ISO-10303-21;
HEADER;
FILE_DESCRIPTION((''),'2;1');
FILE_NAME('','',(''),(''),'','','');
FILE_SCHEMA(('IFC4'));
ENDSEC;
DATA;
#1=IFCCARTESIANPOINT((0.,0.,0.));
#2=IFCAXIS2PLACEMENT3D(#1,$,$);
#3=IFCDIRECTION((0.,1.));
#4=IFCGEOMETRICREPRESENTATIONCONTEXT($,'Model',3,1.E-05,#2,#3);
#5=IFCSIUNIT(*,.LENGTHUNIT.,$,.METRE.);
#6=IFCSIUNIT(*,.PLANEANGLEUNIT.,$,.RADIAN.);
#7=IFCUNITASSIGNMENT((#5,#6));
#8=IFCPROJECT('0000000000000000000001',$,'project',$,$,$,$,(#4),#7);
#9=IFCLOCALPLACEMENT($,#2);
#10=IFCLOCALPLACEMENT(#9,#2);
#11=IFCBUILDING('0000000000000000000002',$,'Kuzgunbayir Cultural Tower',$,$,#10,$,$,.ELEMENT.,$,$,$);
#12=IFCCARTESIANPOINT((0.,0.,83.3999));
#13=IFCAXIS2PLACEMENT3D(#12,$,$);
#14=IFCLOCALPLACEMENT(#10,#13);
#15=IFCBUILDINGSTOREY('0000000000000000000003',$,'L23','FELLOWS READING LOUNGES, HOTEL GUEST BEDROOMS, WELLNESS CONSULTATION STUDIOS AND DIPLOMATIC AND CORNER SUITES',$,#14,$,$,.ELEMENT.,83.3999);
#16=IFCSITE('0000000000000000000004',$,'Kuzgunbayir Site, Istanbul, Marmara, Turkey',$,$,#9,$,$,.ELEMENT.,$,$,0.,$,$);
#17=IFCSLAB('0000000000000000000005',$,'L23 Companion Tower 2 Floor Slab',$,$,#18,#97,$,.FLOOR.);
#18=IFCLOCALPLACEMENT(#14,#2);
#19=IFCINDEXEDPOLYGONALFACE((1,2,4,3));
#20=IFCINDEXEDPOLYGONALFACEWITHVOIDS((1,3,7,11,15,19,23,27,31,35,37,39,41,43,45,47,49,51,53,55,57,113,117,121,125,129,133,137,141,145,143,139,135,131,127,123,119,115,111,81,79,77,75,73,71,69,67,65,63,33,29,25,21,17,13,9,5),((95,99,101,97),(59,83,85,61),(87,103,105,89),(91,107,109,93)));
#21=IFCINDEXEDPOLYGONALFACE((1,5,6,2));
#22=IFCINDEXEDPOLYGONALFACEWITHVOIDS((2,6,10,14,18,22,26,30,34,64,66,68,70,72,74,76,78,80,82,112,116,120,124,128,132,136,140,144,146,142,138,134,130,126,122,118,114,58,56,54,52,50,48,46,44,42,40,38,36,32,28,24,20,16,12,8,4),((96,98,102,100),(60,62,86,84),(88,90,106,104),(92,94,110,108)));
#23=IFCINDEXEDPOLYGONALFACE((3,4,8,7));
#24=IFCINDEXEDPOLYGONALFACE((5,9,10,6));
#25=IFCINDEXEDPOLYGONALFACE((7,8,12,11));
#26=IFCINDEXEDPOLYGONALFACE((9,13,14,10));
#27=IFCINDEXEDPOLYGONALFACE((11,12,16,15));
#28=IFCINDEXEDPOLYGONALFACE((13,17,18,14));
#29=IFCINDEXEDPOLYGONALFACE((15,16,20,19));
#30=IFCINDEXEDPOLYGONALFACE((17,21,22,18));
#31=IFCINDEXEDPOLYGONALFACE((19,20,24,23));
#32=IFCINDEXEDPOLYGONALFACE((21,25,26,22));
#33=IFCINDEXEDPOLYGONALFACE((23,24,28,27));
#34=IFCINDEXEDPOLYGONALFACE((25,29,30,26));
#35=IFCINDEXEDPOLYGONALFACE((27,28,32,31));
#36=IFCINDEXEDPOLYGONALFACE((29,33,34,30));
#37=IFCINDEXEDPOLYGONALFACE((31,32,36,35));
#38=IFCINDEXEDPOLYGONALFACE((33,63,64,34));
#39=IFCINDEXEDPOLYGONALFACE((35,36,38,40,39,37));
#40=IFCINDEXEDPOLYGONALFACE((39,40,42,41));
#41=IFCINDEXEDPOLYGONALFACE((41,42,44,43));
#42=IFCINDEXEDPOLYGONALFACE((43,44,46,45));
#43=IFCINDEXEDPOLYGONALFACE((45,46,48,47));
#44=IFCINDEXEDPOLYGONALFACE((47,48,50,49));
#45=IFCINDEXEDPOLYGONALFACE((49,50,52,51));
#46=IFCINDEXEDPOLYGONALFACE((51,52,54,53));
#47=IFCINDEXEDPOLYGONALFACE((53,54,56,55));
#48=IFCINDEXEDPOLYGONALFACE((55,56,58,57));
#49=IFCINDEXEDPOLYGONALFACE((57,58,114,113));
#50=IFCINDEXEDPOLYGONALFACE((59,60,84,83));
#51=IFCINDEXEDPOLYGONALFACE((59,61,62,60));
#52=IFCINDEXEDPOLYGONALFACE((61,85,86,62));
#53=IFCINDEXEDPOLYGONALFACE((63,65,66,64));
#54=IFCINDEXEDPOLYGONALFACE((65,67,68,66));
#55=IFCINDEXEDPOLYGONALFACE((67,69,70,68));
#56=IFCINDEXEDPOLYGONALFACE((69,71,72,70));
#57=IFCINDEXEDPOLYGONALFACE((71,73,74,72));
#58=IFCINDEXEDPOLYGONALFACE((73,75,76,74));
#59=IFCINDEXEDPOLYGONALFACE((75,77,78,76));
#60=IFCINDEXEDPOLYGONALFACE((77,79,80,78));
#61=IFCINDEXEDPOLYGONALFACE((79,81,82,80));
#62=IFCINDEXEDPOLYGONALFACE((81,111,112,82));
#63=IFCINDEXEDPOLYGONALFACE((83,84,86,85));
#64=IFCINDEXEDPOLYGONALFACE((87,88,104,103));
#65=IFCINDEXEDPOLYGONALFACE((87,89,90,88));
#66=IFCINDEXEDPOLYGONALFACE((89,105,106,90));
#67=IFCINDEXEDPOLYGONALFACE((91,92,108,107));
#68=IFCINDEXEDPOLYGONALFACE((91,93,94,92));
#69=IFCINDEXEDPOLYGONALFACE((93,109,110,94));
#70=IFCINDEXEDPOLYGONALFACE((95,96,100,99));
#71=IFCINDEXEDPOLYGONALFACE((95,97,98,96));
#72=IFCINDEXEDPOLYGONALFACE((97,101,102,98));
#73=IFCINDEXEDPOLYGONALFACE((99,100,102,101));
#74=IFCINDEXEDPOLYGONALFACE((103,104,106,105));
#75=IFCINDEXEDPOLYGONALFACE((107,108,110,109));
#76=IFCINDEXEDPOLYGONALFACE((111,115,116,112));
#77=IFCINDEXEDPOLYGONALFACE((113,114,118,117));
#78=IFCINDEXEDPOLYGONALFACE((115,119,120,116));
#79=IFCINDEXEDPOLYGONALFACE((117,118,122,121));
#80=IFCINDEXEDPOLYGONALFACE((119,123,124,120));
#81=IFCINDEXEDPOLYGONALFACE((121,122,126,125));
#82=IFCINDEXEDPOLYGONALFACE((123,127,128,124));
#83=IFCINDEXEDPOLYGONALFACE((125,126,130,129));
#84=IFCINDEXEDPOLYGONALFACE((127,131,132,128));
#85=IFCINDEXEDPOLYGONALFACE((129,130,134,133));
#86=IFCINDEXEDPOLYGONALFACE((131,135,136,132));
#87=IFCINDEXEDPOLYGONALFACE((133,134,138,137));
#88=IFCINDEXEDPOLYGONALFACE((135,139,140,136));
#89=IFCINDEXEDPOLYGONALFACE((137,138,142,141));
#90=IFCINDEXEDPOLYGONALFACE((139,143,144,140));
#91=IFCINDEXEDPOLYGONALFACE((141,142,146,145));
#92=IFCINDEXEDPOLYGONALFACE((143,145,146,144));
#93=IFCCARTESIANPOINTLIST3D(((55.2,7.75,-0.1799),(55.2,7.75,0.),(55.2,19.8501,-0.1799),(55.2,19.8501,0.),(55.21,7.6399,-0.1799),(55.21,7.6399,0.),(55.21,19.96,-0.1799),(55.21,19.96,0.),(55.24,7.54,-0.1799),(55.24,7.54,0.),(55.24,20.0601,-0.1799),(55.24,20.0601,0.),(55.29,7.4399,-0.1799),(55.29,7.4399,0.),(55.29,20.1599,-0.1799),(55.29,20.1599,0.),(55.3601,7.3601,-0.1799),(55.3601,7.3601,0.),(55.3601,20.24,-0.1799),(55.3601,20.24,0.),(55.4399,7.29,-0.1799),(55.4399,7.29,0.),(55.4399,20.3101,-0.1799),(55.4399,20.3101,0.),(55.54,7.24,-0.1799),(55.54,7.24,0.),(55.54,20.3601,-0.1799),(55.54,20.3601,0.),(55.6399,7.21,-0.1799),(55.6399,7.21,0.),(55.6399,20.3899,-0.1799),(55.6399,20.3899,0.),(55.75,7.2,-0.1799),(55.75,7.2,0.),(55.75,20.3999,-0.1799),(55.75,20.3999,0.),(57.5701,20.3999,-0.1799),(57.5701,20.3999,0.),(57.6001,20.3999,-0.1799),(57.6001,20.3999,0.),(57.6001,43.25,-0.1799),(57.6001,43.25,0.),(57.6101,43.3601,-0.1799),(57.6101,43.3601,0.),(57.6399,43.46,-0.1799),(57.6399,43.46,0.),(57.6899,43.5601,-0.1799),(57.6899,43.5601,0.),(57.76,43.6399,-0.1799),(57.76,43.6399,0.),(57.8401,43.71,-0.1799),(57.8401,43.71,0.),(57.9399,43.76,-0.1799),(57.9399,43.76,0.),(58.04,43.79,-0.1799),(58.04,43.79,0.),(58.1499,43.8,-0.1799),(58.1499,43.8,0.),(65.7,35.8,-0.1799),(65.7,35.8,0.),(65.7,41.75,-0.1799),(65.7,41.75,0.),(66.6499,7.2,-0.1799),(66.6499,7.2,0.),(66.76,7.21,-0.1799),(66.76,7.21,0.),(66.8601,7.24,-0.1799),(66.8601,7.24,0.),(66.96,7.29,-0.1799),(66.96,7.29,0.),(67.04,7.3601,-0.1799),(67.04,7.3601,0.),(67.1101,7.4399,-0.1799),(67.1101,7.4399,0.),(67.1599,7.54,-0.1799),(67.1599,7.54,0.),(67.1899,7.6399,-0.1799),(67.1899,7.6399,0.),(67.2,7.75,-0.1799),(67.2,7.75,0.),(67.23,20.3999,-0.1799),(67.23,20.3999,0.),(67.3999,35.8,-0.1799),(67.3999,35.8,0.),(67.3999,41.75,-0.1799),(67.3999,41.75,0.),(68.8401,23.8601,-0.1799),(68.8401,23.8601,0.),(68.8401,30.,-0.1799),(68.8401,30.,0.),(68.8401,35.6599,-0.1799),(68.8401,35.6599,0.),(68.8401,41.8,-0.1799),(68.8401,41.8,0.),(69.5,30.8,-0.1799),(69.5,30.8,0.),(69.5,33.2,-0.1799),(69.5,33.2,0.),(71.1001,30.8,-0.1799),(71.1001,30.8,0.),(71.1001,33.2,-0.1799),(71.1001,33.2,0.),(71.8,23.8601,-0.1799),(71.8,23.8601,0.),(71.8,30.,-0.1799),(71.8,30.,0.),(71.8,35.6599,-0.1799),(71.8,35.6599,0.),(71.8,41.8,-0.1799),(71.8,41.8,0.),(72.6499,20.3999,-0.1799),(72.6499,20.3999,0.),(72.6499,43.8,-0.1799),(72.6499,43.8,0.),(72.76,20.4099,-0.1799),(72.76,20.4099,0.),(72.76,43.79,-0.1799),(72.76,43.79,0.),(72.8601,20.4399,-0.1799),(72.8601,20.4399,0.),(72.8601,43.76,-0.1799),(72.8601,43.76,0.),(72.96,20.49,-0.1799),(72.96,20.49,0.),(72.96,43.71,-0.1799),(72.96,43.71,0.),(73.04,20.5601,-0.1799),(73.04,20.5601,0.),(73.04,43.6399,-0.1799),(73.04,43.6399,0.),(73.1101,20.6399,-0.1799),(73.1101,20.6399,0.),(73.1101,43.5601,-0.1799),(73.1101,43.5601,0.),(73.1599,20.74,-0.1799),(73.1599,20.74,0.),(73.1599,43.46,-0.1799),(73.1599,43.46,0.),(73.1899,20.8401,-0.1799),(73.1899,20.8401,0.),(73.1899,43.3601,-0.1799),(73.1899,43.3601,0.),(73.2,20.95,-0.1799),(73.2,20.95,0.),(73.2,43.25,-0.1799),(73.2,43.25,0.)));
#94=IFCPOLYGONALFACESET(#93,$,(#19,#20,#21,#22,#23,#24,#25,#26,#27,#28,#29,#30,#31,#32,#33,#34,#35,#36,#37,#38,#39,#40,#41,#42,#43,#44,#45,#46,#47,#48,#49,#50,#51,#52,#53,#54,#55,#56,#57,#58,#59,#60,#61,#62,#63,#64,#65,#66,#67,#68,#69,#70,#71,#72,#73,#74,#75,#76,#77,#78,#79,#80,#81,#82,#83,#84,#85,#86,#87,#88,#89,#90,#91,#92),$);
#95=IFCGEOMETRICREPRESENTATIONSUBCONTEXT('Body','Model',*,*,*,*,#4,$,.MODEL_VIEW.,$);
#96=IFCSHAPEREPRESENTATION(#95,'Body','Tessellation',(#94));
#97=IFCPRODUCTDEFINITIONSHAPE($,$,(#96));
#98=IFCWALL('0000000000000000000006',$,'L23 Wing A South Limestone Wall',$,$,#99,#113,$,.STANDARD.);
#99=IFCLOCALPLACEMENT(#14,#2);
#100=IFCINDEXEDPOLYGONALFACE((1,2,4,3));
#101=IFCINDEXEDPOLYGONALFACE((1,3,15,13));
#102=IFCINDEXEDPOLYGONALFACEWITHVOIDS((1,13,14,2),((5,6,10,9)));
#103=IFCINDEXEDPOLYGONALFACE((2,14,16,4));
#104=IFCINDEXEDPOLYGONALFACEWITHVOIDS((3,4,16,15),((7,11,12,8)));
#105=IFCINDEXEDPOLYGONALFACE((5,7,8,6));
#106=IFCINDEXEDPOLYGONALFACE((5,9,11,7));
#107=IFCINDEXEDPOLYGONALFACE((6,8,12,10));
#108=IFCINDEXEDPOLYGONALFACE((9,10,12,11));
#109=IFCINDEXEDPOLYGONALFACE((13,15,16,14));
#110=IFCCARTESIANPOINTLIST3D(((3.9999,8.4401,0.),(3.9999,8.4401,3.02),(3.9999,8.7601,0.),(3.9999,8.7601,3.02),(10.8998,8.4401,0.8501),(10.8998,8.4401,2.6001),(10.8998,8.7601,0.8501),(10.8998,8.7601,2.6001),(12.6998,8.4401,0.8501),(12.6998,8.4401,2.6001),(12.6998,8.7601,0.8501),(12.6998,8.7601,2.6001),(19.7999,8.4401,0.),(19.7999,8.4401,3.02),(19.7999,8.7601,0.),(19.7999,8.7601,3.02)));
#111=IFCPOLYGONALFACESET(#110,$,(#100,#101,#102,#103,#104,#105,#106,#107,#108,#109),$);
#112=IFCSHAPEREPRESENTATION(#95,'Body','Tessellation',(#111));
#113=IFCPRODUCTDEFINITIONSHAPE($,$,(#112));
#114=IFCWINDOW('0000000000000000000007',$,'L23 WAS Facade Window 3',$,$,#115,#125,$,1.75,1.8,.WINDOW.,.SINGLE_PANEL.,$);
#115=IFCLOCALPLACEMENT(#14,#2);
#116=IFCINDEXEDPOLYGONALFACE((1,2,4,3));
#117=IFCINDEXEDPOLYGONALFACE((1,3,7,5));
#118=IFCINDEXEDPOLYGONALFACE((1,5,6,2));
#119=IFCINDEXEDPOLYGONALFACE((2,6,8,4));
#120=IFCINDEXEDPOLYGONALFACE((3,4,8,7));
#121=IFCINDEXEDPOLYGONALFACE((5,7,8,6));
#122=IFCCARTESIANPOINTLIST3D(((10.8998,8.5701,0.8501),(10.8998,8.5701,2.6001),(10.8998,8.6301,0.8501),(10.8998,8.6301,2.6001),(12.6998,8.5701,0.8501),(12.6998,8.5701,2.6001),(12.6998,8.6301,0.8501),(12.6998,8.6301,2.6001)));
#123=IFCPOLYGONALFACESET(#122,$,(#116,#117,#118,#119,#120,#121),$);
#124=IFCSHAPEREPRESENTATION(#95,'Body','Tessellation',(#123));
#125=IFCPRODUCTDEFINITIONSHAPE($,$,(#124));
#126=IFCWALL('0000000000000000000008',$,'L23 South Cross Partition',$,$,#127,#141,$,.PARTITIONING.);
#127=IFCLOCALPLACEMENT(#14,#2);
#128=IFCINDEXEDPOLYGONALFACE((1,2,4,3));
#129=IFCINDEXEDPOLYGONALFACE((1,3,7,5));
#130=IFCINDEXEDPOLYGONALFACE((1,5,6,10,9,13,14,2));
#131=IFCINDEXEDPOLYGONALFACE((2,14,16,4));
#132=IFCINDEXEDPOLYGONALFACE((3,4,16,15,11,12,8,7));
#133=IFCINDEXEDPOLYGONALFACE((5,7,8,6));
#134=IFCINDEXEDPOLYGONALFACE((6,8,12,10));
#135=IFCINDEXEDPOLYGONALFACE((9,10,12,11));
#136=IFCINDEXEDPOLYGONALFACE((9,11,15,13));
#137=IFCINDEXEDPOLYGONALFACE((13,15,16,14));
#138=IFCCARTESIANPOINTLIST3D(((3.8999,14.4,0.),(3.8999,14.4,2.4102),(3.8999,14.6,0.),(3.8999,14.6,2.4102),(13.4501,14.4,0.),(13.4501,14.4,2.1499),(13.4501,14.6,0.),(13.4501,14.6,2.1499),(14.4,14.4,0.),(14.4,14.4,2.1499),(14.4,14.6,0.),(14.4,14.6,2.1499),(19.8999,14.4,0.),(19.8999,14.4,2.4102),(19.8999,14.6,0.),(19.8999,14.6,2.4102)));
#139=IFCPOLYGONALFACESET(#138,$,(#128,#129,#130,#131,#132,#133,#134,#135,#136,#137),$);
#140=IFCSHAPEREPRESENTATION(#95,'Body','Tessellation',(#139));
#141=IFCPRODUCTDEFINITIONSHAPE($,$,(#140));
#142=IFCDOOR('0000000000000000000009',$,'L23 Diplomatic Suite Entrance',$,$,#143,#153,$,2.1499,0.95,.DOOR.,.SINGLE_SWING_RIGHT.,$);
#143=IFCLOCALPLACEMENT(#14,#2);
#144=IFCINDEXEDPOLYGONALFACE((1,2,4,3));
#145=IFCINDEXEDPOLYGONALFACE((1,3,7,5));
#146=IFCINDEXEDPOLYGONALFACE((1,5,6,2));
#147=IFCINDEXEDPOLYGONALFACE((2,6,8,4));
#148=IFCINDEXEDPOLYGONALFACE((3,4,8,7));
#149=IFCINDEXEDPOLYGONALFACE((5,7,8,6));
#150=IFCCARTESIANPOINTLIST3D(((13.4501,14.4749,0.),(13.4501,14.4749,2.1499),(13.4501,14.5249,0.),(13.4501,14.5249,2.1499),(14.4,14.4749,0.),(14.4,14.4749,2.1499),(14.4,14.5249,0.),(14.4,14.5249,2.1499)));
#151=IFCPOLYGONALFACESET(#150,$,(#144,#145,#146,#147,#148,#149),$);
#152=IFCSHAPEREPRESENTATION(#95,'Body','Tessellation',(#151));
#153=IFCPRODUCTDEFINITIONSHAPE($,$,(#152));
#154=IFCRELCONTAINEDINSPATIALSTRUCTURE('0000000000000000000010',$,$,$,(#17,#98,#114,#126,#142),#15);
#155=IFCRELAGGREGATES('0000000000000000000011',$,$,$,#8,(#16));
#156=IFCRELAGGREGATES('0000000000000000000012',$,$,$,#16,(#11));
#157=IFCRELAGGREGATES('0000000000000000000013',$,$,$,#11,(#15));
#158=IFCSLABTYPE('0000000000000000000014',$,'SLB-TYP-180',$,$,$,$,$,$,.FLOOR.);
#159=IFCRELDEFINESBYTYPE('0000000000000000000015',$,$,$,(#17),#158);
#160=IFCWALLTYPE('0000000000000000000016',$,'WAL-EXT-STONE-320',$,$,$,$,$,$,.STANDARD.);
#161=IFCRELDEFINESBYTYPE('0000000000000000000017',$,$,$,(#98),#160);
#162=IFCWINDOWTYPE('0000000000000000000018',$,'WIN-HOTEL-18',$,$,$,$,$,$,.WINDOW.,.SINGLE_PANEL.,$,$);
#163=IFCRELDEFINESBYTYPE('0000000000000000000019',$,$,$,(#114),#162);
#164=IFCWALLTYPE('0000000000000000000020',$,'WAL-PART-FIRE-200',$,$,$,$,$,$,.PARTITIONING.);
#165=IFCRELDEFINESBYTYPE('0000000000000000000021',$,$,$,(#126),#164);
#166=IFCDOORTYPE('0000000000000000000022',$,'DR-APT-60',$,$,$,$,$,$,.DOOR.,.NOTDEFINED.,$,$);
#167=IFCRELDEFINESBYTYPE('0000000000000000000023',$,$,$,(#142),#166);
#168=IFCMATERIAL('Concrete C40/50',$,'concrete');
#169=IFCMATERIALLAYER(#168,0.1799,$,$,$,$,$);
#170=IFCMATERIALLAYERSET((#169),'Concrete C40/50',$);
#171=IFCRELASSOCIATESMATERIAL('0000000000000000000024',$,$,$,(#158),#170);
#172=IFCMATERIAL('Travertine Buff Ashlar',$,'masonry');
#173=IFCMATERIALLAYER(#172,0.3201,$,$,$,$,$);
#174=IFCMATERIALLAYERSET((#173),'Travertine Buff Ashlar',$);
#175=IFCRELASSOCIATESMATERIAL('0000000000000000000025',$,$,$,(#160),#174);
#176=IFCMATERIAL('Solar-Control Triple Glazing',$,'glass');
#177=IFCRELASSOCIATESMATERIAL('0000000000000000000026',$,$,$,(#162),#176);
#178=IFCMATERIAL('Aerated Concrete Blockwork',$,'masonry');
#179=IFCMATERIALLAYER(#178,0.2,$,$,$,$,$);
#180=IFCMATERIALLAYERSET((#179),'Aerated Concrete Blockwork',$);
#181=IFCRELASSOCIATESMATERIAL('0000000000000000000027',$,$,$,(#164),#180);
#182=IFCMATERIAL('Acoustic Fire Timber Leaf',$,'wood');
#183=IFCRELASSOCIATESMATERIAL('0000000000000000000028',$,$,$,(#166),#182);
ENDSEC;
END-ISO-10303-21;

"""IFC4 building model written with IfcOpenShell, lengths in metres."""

from ifc_helpers import new_model, si_unit, direction, frame, frame_2d, origin, place, context, subcontext, project, spatial, polyline, rectangle, outline, extrude, material, layer, layer_set, type_object, element, fill, save


model = new_model("IFC4")

# Units and contexts
model_context = context("Model", 3, precision=1e-05, world=origin(), true_north=direction((0.0, 1.0)))
body_context = subcontext(model_context, "Body", "Model", "MODEL_VIEW")
ifc_project = project(units=[si_unit("LENGTHUNIT", "METRE"), si_unit("PLANEANGLEUNIT", "RADIAN")], contexts=[model_context])

# Site, building, storey
site_placement = place(None, origin())
site = spatial("IfcSite", under=ifc_project, at=site_placement, Name="Kuzgunbayir Site, Istanbul, Marmara, Turkey", CompositionType="ELEMENT", RefElevation=0.0)
building_placement = place(site_placement, origin())
building = spatial("IfcBuilding", under=site, at=building_placement, Name="Kuzgunbayir Cultural Tower", CompositionType="ELEMENT")
storey_placement = place(building_placement, frame((0.0, 0.0, 83.3999)))
storey = spatial("IfcBuildingStorey", under=building, at=storey_placement, Name="L23", Description="FELLOWS READING LOUNGES, HOTEL GUEST BEDROOMS, WELLNESS CONSULTATION STUDIOS AND DIPLOMATIC AND CORNER SUITES", CompositionType="ELEMENT", Elevation=83.3999)

# Shared definitions
ifc_material_1 = material(Name="Concrete C40/50", Category="concrete")

# Slab
ifc_layer_1 = layer(ifc_material_1, 0.1799)
ifc_layer_set_1 = layer_set([ifc_layer_1], Name="Concrete C40/50")
slab_type_1 = type_object("IfcSlabType", Name="SLB-TYP-180", PredefinedType="FLOOR", material=ifc_layer_set_1)
slab_1_placement = place(storey_placement, frame((0.0, 0.0, -0.1799)))
element("IfcSlab", 1, at=slab_1_placement, inside=storey, type_object=slab_type_1, Name="L23 Companion Tower 2 Floor Slab", PredefinedType="FLOOR", context=body_context, shape_type="SweptSolid", body=[
    extrude(outline(polyline([(57.6001, 20.3999), (57.6001, 43.25), (57.6101, 43.3601), (57.6399, 43.46), (57.6899, 43.5601), (57.76, 43.6399), (57.8401, 43.71), (57.9399, 43.76), (58.04, 43.79), (58.1499, 43.8), (72.6499, 43.8), (72.76, 43.79), (72.8601, 43.76), (72.96, 43.71), (73.04, 43.6399), (73.1101, 43.5601), (73.1599, 43.46), (73.1899, 43.3601), (73.2, 43.25), (73.2, 20.95), (73.1899, 20.8401), (73.1599, 20.74), (73.1101, 20.6399), (73.04, 20.5601), (72.96, 20.49), (72.8601, 20.4399), (72.76, 20.4099), (72.6499, 20.3999), (67.23, 20.3999), (67.2, 7.75), (67.1899, 7.6399), (67.1599, 7.54), (67.1101, 7.4399), (67.04, 7.3601), (66.96, 7.29), (66.8601, 7.24), (66.76, 7.21), (66.6499, 7.2), (55.75, 7.2), (55.6399, 7.21), (55.54, 7.24), (55.4399, 7.29), (55.3601, 7.3601), (55.29, 7.4399), (55.24, 7.54), (55.21, 7.6399), (55.2, 7.75), (55.2, 19.8501), (55.21, 19.96), (55.24, 20.0601), (55.29, 20.1599), (55.3601, 20.24), (55.4399, 20.3101), (55.54, 20.3601), (55.6399, 20.3899), (55.75, 20.3999), (57.5701, 20.3999), (57.6001, 20.3999)]), holes=[polyline([(68.8401, 23.8601), (68.8401, 30.0), (71.8, 30.0), (71.8, 23.8601), (68.8401, 23.8601)]), polyline([(68.8401, 35.6599), (68.8401, 41.8), (71.8, 41.8), (71.8, 35.6599), (68.8401, 35.6599)]), polyline([(65.7, 35.8), (65.7, 41.75), (67.3999, 41.75), (67.3999, 35.8), (65.7, 35.8)]), polyline([(69.5, 30.8), (69.5, 33.2), (71.1001, 33.2), (71.1001, 30.8), (69.5, 30.8)])]), origin(), (0.0, 0.0, 1.0), 0.1799),
])

# Wall, opening, window
ifc_material_2 = material(Name="Travertine Buff Ashlar", Category="masonry")
ifc_layer_2 = layer(ifc_material_2, 0.3201)
ifc_layer_set_2 = layer_set([ifc_layer_2], Name="Travertine Buff Ashlar")
wall_type_1 = type_object("IfcWallType", Name="WAL-EXT-STONE-320", PredefinedType="STANDARD", material=ifc_layer_set_2)
wall_1_placement = place(storey_placement, frame((4.0, 8.6001, 0.0), z_axis=(0.0, 0.0, 1.0), x_axis=(1.0, 0.0, 0.0)))
wall_1 = element("IfcWall", 2, at=wall_1_placement, inside=storey, type_object=wall_type_1, Name="L23 Wing A South Limestone Wall", PredefinedType="STANDARD", context=body_context, shape_type="SweptSolid", body=[
    extrude(rectangle(XDim=15.8, YDim=0.3201, at=frame_2d((7.8999, 0.0))), origin(), (0.0, 0.0, 1.0), 3.02),
])
opening_1_placement = place(wall_1_placement, frame((6.8999, 0.0, 0.8501)))
opening_1 = element("IfcOpeningElement", 3, at=opening_1_placement, cuts=wall_1, PredefinedType="OPENING", context=body_context, shape_type="SweptSolid", body=[
    extrude(rectangle(XDim=1.8, YDim=1.75, at=frame_2d((0.8999, 0.875))), frame((0.0, 0.1699, 0.0), z_axis=(0.0, -1.0, 0.0), x_axis=(1.0, 0.0, 0.0)), (0.0, 0.0, 1.0), 0.3401),
])
ifc_material_3 = material(Name="Solar-Control Triple Glazing", Category="glass")
window_type = type_object("IfcWindowType", Name="WIN-HOTEL-18", PartitioningType="SINGLE_PANEL", PredefinedType="WINDOW", material=ifc_material_3)
window_placement = place(opening_1_placement, origin())
window = element("IfcWindow", 4, at=window_placement, inside=storey, type_object=window_type, Name="L23 WAS Facade Window 3", OverallHeight=1.75, OverallWidth=1.8, PartitioningType="SINGLE_PANEL", PredefinedType="WINDOW", context=body_context, shape_type="SweptSolid", body=[
    extrude(rectangle(XDim=1.8, YDim=1.75, at=frame_2d((0.8999, 0.875))), frame((0.0, 0.03, 0.0), z_axis=(0.0, -1.0, 0.0), x_axis=(1.0, 0.0, 0.0)), (0.0, 0.0, 1.0), 0.0601),
])
fill(opening_1, window)

# Wall, opening, door
ifc_material_4 = material(Name="Aerated Concrete Blockwork", Category="masonry")
ifc_layer_3 = layer(ifc_material_4, 0.2)
ifc_layer_set_3 = layer_set([ifc_layer_3], Name="Aerated Concrete Blockwork")
wall_type_2 = type_object("IfcWallType", Name="WAL-PART-FIRE-200", PredefinedType="PARTITIONING", material=ifc_layer_set_3)
wall_2_placement = place(storey_placement, frame((3.8999, 14.5, 0.0), z_axis=(0.0, 0.0, 1.0), x_axis=(1.0, 0.0, 0.0)))
wall_2 = element("IfcWall", 5, at=wall_2_placement, inside=storey, type_object=wall_type_2, Name="L23 South Cross Partition", PredefinedType="PARTITIONING", context=body_context, shape_type="SweptSolid", body=[
    extrude(rectangle(XDim=16.0, YDim=0.2, at=frame_2d((8.0, 0.0))), origin(), (0.0, 0.0, 1.0), 2.4102),
])
opening_2_placement = place(wall_2_placement, frame((9.55, 0.0, 0.0)))
opening_2 = element("IfcOpeningElement", 6, at=opening_2_placement, cuts=wall_2, PredefinedType="OPENING", context=body_context, shape_type="SweptSolid", body=[
    extrude(rectangle(XDim=0.95, YDim=2.1499, at=frame_2d((0.4751, 1.075))), frame((0.0, 0.1099, 0.0), z_axis=(0.0, -1.0, 0.0), x_axis=(1.0, 0.0, 0.0)), (0.0, 0.0, 1.0), 0.22),
])
ifc_material_5 = material(Name="Acoustic Fire Timber Leaf", Category="wood")
door_type = type_object("IfcDoorType", Name="DR-APT-60", OperationType="NOTDEFINED", PredefinedType="DOOR", material=ifc_material_5)
door_placement = place(opening_2_placement, origin())
door = element("IfcDoor", 7, at=door_placement, inside=storey, type_object=door_type, Name="L23 Diplomatic Suite Entrance", OperationType="SINGLE_SWING_RIGHT", OverallHeight=2.1499, OverallWidth=0.95, PredefinedType="DOOR", context=body_context, shape_type="SweptSolid", body=[
    extrude(rectangle(XDim=0.95, YDim=2.1499, at=frame_2d((0.4751, 1.075))), frame((0.0, 0.0249, 0.0), z_axis=(0.0, -1.0, 0.0), x_axis=(1.0, 0.0, 0.0)), (0.0, 0.0, 1.0), 0.05),
])
fill(opening_2, door)

save(model, "model.ifc")
